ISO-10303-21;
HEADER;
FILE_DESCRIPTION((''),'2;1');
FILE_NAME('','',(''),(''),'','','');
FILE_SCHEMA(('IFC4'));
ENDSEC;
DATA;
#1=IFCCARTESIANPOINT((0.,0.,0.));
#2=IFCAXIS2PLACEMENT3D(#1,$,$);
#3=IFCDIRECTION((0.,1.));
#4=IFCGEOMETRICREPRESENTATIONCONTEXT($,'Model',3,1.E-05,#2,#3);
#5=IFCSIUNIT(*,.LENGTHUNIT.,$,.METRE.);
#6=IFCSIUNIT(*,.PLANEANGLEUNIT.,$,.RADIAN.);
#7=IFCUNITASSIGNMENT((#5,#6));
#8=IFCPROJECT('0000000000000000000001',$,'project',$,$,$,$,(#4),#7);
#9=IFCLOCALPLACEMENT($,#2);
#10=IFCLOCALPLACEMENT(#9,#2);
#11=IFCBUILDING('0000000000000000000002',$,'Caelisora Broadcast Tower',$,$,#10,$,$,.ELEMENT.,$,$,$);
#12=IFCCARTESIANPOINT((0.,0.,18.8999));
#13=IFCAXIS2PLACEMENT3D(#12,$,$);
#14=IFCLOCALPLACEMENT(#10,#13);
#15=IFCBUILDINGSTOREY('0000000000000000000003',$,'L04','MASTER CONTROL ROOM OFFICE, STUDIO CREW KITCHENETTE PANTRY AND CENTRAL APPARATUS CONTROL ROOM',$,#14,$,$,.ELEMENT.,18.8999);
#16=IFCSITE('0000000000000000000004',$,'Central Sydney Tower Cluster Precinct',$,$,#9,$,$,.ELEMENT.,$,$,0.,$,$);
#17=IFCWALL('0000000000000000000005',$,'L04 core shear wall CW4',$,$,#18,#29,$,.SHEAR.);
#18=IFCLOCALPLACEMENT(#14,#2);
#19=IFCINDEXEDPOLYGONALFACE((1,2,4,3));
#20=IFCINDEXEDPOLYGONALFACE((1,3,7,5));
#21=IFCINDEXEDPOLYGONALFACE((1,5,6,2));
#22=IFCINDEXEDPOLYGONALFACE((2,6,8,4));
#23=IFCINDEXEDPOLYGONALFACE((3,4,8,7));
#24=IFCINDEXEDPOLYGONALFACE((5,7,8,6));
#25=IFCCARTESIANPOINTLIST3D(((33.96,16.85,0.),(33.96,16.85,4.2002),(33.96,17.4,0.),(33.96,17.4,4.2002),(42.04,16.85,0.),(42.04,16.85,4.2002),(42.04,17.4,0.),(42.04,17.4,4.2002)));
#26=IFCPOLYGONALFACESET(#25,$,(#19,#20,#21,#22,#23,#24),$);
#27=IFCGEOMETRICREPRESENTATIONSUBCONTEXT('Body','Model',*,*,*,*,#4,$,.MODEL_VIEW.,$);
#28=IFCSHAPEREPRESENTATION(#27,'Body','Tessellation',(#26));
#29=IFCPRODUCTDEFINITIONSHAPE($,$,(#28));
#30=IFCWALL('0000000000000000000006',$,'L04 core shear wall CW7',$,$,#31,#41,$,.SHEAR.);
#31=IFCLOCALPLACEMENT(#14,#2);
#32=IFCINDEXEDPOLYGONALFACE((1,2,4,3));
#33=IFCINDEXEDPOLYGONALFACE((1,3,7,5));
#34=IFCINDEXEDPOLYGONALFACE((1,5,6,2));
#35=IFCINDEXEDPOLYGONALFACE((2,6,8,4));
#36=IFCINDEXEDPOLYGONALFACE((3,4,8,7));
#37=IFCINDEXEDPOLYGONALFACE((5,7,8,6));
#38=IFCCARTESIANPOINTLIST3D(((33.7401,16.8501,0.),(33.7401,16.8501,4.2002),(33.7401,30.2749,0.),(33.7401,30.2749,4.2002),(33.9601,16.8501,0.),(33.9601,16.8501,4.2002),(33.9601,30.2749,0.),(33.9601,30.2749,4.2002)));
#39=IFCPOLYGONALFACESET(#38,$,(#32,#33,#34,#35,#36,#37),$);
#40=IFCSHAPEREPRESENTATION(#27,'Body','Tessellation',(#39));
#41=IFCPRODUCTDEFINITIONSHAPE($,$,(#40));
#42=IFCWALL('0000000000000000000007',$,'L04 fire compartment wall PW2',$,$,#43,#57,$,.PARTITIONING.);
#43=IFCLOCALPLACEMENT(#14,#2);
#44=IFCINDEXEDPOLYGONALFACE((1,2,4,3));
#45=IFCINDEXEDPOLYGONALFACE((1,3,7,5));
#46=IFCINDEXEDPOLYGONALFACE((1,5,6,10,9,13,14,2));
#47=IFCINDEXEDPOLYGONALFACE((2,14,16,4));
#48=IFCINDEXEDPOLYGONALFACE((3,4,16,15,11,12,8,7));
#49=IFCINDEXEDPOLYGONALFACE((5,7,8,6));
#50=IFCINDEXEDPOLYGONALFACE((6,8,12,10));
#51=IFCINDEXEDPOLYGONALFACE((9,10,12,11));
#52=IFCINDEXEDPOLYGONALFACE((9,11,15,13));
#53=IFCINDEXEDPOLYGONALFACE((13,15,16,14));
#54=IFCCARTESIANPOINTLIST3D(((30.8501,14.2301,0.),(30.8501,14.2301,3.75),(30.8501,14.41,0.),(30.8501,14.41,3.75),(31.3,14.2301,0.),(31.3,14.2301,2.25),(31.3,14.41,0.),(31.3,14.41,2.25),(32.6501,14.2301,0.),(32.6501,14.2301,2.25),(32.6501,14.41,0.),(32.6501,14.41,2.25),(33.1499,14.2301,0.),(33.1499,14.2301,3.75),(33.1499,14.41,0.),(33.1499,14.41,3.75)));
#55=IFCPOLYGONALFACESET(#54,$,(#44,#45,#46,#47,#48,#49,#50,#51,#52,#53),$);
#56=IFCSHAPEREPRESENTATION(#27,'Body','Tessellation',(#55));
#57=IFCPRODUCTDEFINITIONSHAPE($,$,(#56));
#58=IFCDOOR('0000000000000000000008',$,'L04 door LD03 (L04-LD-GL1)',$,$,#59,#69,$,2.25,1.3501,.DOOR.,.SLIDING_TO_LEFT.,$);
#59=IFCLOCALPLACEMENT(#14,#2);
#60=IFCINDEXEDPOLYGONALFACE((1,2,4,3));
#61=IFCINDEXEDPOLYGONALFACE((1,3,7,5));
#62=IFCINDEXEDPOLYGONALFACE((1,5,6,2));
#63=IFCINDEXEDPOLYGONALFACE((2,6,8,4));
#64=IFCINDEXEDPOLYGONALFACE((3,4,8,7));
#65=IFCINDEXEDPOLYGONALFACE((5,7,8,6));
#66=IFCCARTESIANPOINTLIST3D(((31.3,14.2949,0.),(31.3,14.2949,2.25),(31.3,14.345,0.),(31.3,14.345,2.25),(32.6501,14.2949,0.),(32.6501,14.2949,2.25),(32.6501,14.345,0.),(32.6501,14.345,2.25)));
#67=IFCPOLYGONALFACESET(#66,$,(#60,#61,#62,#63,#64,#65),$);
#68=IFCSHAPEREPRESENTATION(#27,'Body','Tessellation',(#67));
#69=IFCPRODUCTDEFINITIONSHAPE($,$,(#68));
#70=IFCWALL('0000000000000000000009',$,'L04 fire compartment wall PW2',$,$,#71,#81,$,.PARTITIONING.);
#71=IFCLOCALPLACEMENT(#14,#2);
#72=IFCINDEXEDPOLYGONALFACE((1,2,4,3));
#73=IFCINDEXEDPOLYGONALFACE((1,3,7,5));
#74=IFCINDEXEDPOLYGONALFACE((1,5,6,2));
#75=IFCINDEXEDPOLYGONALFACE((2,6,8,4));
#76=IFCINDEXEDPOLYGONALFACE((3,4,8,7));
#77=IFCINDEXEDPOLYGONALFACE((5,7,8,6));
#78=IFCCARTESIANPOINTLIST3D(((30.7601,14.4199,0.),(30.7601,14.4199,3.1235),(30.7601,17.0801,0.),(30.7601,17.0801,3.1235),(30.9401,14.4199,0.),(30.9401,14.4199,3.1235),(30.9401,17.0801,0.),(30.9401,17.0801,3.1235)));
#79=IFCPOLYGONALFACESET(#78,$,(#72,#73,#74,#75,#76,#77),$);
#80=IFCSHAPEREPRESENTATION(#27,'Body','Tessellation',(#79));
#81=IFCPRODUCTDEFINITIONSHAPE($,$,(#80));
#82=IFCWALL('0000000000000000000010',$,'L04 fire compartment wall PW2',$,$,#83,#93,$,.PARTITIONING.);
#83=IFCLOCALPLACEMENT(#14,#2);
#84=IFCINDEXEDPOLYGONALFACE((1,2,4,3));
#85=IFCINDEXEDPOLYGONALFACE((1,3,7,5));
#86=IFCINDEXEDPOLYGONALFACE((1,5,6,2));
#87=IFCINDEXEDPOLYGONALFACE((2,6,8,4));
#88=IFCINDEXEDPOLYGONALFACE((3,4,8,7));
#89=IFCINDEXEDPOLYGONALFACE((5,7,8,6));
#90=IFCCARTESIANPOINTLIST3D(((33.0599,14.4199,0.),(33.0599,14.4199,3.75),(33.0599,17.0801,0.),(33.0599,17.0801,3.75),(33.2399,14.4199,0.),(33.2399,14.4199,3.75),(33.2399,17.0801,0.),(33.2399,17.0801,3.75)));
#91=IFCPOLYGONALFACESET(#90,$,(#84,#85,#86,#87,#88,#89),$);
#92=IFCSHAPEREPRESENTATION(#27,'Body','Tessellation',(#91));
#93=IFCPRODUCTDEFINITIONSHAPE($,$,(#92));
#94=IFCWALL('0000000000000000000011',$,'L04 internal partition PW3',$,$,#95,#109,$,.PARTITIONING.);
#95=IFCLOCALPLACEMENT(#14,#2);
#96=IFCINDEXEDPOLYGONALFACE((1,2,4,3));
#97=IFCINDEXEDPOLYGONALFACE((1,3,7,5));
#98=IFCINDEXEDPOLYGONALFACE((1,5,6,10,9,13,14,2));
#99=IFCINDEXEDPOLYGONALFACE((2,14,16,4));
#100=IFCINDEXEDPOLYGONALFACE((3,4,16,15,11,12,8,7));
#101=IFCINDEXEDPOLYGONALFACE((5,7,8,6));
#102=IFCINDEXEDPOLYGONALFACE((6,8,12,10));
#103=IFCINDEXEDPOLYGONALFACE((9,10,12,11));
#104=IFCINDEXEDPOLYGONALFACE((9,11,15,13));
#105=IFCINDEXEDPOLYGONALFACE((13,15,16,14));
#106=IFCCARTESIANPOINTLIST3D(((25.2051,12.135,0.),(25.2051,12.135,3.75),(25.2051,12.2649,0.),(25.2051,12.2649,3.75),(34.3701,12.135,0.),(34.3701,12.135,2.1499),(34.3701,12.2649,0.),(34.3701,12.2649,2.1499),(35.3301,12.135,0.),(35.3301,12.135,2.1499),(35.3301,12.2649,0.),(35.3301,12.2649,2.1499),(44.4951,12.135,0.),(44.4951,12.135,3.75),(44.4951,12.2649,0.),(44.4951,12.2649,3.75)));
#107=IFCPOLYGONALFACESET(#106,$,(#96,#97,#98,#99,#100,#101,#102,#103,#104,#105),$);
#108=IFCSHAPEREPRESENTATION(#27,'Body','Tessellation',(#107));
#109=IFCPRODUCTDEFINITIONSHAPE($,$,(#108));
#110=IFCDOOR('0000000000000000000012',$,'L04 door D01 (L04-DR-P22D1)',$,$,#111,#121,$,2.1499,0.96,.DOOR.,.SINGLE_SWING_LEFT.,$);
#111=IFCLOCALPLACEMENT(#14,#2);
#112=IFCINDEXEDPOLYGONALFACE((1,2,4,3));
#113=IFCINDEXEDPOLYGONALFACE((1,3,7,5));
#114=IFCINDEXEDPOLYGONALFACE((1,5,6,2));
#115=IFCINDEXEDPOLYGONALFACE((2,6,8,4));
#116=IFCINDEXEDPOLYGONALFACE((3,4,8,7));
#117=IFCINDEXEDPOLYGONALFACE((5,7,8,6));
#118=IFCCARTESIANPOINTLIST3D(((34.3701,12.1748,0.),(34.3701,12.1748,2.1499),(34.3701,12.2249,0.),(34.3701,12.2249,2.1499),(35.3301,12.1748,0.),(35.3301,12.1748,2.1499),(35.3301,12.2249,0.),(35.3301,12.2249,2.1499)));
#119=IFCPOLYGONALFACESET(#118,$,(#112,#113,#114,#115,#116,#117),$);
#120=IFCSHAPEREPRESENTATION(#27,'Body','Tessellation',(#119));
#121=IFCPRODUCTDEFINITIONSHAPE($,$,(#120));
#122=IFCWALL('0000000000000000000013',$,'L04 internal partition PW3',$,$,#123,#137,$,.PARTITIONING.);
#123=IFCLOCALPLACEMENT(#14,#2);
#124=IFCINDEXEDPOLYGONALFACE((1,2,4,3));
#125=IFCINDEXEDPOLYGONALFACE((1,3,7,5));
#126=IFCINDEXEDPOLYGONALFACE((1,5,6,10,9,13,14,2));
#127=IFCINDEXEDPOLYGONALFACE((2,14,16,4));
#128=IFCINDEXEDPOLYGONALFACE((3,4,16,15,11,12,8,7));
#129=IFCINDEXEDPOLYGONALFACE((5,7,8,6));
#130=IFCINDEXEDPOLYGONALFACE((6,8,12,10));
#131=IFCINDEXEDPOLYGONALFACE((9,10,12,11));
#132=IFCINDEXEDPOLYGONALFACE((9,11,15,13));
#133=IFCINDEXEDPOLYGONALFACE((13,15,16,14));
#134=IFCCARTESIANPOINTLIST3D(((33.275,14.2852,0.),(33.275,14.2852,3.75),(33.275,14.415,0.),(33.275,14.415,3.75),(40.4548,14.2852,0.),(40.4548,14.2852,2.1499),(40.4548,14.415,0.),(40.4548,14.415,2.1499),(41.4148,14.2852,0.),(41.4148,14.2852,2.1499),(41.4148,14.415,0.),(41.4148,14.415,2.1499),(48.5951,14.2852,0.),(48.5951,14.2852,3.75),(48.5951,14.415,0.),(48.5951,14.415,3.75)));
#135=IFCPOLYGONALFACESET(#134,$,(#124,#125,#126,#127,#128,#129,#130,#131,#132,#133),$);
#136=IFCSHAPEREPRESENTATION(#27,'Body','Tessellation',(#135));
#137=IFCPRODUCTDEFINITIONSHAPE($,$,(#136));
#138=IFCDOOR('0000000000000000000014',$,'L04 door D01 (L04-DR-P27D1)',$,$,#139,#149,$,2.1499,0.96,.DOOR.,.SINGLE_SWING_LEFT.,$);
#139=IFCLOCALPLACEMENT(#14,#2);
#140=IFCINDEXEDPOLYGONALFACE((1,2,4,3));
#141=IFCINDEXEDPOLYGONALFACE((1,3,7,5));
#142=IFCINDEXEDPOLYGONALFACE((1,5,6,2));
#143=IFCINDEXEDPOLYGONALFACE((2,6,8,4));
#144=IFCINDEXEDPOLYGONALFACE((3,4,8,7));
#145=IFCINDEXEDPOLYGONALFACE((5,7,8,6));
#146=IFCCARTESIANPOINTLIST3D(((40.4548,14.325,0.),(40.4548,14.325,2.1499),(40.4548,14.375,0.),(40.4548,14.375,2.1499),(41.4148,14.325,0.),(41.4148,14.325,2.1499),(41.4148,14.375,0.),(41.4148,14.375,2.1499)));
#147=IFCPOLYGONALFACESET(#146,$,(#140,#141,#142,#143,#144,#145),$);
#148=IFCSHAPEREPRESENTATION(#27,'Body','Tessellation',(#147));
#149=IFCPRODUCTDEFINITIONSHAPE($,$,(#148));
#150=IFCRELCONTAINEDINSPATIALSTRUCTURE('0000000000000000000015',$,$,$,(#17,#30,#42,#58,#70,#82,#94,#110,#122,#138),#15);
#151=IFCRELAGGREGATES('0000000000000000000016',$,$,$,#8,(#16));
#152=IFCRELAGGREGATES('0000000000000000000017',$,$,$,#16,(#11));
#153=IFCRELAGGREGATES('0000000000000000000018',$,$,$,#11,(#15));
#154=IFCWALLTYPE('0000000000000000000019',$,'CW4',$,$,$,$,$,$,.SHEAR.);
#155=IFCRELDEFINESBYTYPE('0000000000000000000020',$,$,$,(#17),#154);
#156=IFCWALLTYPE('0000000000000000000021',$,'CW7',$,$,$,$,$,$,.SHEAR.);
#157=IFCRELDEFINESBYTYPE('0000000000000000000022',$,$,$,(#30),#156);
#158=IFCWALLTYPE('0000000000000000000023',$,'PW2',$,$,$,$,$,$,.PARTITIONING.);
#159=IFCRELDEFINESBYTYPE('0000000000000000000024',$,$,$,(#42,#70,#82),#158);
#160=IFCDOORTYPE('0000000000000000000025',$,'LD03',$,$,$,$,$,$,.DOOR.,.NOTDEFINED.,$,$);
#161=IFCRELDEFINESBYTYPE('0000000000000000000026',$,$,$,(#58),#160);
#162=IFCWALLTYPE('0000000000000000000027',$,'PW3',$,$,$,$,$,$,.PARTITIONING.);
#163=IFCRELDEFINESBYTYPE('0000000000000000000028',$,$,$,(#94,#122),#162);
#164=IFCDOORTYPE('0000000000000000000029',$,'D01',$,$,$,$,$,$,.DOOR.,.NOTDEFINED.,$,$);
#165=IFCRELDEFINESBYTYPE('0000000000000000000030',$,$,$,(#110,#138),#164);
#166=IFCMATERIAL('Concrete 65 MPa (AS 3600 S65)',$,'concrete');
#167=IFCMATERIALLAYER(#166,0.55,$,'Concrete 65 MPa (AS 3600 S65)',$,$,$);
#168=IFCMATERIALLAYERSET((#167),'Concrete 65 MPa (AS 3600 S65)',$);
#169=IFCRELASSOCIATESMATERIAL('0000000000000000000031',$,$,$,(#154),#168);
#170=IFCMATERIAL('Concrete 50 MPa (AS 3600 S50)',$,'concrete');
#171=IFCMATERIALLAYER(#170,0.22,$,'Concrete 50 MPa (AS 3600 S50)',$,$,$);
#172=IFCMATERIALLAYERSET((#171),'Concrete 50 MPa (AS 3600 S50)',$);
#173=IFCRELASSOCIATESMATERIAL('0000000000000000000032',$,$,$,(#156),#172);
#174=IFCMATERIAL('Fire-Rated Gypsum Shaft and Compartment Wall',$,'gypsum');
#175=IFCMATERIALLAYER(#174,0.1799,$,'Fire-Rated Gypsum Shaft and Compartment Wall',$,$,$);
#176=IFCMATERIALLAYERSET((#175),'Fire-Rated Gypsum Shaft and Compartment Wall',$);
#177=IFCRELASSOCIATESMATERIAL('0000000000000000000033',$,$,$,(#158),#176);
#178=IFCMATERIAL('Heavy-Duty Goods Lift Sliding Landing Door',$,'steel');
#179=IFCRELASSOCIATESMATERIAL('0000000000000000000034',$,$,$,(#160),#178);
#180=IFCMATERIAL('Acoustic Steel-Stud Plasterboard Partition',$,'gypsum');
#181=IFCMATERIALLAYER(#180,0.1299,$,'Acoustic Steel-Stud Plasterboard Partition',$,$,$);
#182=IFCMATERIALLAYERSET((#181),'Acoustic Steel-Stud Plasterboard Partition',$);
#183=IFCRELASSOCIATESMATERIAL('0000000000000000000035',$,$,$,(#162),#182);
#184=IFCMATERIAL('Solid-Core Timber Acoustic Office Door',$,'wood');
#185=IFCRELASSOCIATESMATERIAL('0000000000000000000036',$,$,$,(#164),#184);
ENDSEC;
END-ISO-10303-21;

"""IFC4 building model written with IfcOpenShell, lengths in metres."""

from ifc_helpers import new_model, si_unit, direction, frame, frame_2d, origin, place, context, subcontext, project, spatial, rectangle, extrude, material, layer, layer_set, type_object, element, fill, save


model = new_model("IFC4")

# Units and contexts
model_context = context("Model", 3, precision=1e-05, world=origin(), true_north=direction((0.0, 1.0)))
body_context = subcontext(model_context, "Body", "Model", "MODEL_VIEW")
ifc_project = project(units=[si_unit("LENGTHUNIT", "METRE"), si_unit("PLANEANGLEUNIT", "RADIAN")], contexts=[model_context])

# Site, building, storey
site_placement = place(None, origin())
site = spatial("IfcSite", under=ifc_project, at=site_placement, Name="Central Sydney Tower Cluster Precinct", CompositionType="ELEMENT", RefElevation=0.0)
building_placement = place(site_placement, origin())
building = spatial("IfcBuilding", under=site, at=building_placement, Name="Caelisora Broadcast Tower", CompositionType="ELEMENT")
storey_placement = place(building_placement, frame((0.0, 0.0, 18.8999)))
storey = spatial("IfcBuildingStorey", under=building, at=storey_placement, Name="L04", Description="MASTER CONTROL ROOM OFFICE, STUDIO CREW KITCHENETTE PANTRY AND CENTRAL APPARATUS CONTROL ROOM", CompositionType="ELEMENT", Elevation=18.8999)

# Shared definitions
ifc_material_1 = material(Name="Concrete 65 MPa (AS 3600 S65)", Category="concrete")

# Walls
ifc_layer_1 = layer(ifc_material_1, 0.55, Name="Concrete 65 MPa (AS 3600 S65)")
ifc_layer_set_1 = layer_set([ifc_layer_1], Name="Concrete 65 MPa (AS 3600 S65)")
wall_type_1 = type_object("IfcWallType", Name="CW4", PredefinedType="SHEAR", material=ifc_layer_set_1)
wall_1_placement = place(storey_placement, frame((33.96, 17.125, 0.0), z_axis=(0.0, 0.0, 1.0), x_axis=(1.0, 0.0, 0.0)))
element("IfcWall", 1, at=wall_1_placement, inside=storey, type_object=wall_type_1, Name="L04 core shear wall CW4", PredefinedType="SHEAR", context=body_context, shape_type="SweptSolid", body=[
    extrude(rectangle(XDim=8.0801, YDim=0.55, at=frame_2d((4.04, 0.0))), origin(), (0.0, 0.0, 1.0), 4.2002),
])
ifc_material_2 = material(Name="Concrete 50 MPa (AS 3600 S50)", Category="concrete")
ifc_layer_2 = layer(ifc_material_2, 0.22, Name="Concrete 50 MPa (AS 3600 S50)")
ifc_layer_set_2 = layer_set([ifc_layer_2], Name="Concrete 50 MPa (AS 3600 S50)")
wall_type_2 = type_object("IfcWallType", Name="CW7", PredefinedType="SHEAR", material=ifc_layer_set_2)
wall_2_placement = place(storey_placement, frame((33.8501, 16.8501, 0.0), z_axis=(0.0, 0.0, 1.0), x_axis=(0.0, 1.0, 0.0)))
element("IfcWall", 2, at=wall_2_placement, inside=storey, type_object=wall_type_2, Name="L04 core shear wall CW7", PredefinedType="SHEAR", context=body_context, shape_type="SweptSolid", body=[
    extrude(rectangle(XDim=13.4248, YDim=0.22, at=frame_2d((6.7124, 0.0))), origin(), (0.0, 0.0, 1.0), 4.2002),
])

# Wall, opening, door
ifc_material_3 = material(Name="Fire-Rated Gypsum Shaft and Compartment Wall", Category="gypsum")
ifc_layer_3 = layer(ifc_material_3, 0.1799, Name="Fire-Rated Gypsum Shaft and Compartment Wall")
ifc_layer_set_3 = layer_set([ifc_layer_3], Name="Fire-Rated Gypsum Shaft and Compartment Wall")
wall_type_3 = type_object("IfcWallType", Name="PW2", PredefinedType="PARTITIONING", material=ifc_layer_set_3)
wall_3_placement = place(storey_placement, frame((30.8501, 14.3201, 0.0), z_axis=(0.0, 0.0, 1.0), x_axis=(1.0, 0.0, 0.0)))
wall_3 = element("IfcWall", 3, at=wall_3_placement, inside=storey, type_object=wall_type_3, Name="L04 fire compartment wall PW2", PredefinedType="PARTITIONING", context=body_context, shape_type="SweptSolid", body=[
    extrude(rectangle(XDim=2.2998, YDim=0.1799, at=frame_2d((1.1499, 0.0))), origin(), (0.0, 0.0, 1.0), 3.75),
])
opening_1_placement = place(wall_3_placement, frame((0.45, 0.0, 0.0)))
opening_1 = element("IfcOpeningElement", 4, at=opening_1_placement, cuts=wall_3, PredefinedType="OPENING", context=body_context, shape_type="SweptSolid", body=[
    extrude(rectangle(XDim=1.3501, YDim=2.25, at=frame_2d((0.675, 1.125))), frame((0.0, 0.1021, 0.0), z_axis=(0.0, -1.0, 0.0), x_axis=(1.0, 0.0, 0.0)), (0.0, 0.0, 1.0), 0.2039),
])
ifc_material_4 = material(Name="Heavy-Duty Goods Lift Sliding Landing Door", Category="steel")
door_type_1 = type_object("IfcDoorType", Name="LD03", OperationType="NOTDEFINED", PredefinedType="DOOR", material=ifc_material_4)
door_1_placement = place(opening_1_placement, origin())
door_1 = element("IfcDoor", 5, at=door_1_placement, inside=storey, type_object=door_type_1, Name="L04 door LD03 (L04-LD-GL1)", OperationType="SLIDING_TO_LEFT", OverallHeight=2.25, OverallWidth=1.3501, PredefinedType="DOOR", context=body_context, shape_type="SweptSolid", body=[
    extrude(rectangle(XDim=1.3501, YDim=2.25, at=frame_2d((0.675, 1.125))), frame((0.0, 0.0249, 0.0), z_axis=(0.0, -1.0, 0.0), x_axis=(1.0, 0.0, 0.0)), (0.0, 0.0, 1.0), 0.05),
])
fill(opening_1, door_1)

# Walls
wall_4_placement = place(storey_placement, frame((30.8501, 14.4199, 0.0), z_axis=(0.0, 0.0, 1.0), x_axis=(0.0, 1.0, 0.0)))
element("IfcWall", 6, at=wall_4_placement, inside=storey, type_object=wall_type_3, Name="L04 fire compartment wall PW2", PredefinedType="PARTITIONING", context=body_context, shape_type="SweptSolid", body=[
    extrude(rectangle(XDim=2.6602, YDim=0.1799, at=frame_2d((1.3301, 0.0))), origin(), (0.0, 0.0, 1.0), 3.1235),
])
wall_5_placement = place(storey_placement, frame((33.1499, 14.4199, 0.0), z_axis=(0.0, 0.0, 1.0), x_axis=(0.0, 1.0, 0.0)))
element("IfcWall", 7, at=wall_5_placement, inside=storey, type_object=wall_type_3, Name="L04 fire compartment wall PW2", PredefinedType="PARTITIONING", context=body_context, shape_type="SweptSolid", body=[
    extrude(rectangle(XDim=2.6602, YDim=0.1799, at=frame_2d((1.3301, 0.0))), origin(), (0.0, 0.0, 1.0), 3.75),
])

# Walls, openings, doors
ifc_material_5 = material(Name="Acoustic Steel-Stud Plasterboard Partition", Category="gypsum")
ifc_layer_4 = layer(ifc_material_5, 0.1299, Name="Acoustic Steel-Stud Plasterboard Partition")
ifc_layer_set_4 = layer_set([ifc_layer_4], Name="Acoustic Steel-Stud Plasterboard Partition")
wall_type_4 = type_object("IfcWallType", Name="PW3", PredefinedType="PARTITIONING", material=ifc_layer_set_4)
wall_6_placement = place(storey_placement, frame((25.2051, 12.2, 0.0), z_axis=(0.0, 0.0, 1.0), x_axis=(1.0, 0.0, 0.0)))
wall_6 = element("IfcWall", 8, at=wall_6_placement, inside=storey, type_object=wall_type_4, Name="L04 internal partition PW3", PredefinedType="PARTITIONING", context=body_context, shape_type="SweptSolid", body=[
    extrude(rectangle(XDim=19.29, YDim=0.1299, at=frame_2d((9.645, 0.0))), origin(), (0.0, 0.0, 1.0), 3.75),
])
opening_2_placement = place(wall_6_placement, frame((9.165, 0.0, 0.0)))
opening_2 = element("IfcOpeningElement", 9, at=opening_2_placement, cuts=wall_6, PredefinedType="OPENING", context=body_context, shape_type="SweptSolid", body=[
    extrude(rectangle(XDim=0.96, YDim=2.1499, at=frame_2d((0.48, 1.075))), frame((0.0, 0.0769, 0.0), z_axis=(0.0, -1.0, 0.0), x_axis=(1.0, 0.0, 0.0)), (0.0, 0.0, 1.0), 0.1538),
])
ifc_material_6 = material(Name="Solid-Core Timber Acoustic Office Door", Category="wood")
door_type_2 = type_object("IfcDoorType", Name="D01", OperationType="NOTDEFINED", PredefinedType="DOOR", material=ifc_material_6)
door_2_placement = place(opening_2_placement, origin())
door_2 = element("IfcDoor", 10, at=door_2_placement, inside=storey, type_object=door_type_2, Name="L04 door D01 (L04-DR-P22D1)", OperationType="SINGLE_SWING_LEFT", OverallHeight=2.1499, OverallWidth=0.96, PredefinedType="DOOR", context=body_context, shape_type="SweptSolid", body=[
    extrude(rectangle(XDim=0.96, YDim=2.1499, at=frame_2d((0.48, 1.075))), frame((0.0, 0.0249, 0.0), z_axis=(0.0, -1.0, 0.0), x_axis=(1.0, 0.0, 0.0)), (0.0, 0.0, 1.0), 0.05),
])
fill(opening_2, door_2)
wall_7_placement = place(storey_placement, frame((33.2749, 14.3501, 0.0), z_axis=(0.0, 0.0, 1.0), x_axis=(1.0, 0.0, 0.0)))
wall_7 = element("IfcWall", 11, at=wall_7_placement, inside=storey, type_object=wall_type_4, Name="L04 internal partition PW3", PredefinedType="PARTITIONING", context=body_context, shape_type="SweptSolid", body=[
    extrude(rectangle(XDim=15.3201, YDim=0.1299, at=frame_2d((7.6602, 0.0))), origin(), (0.0, 0.0, 1.0), 3.75),
])
opening_3_placement = place(wall_7_placement, frame((7.1799, 0.0, 0.0)))
opening_3 = element("IfcOpeningElement", 12, at=opening_3_placement, cuts=wall_7, PredefinedType="OPENING", context=body_context, shape_type="SweptSolid", body=[
    extrude(rectangle(XDim=0.96, YDim=2.1499, at=frame_2d((0.48, 1.075))), frame((0.0, 0.0769, 0.0), z_axis=(0.0, -1.0, 0.0), x_axis=(1.0, 0.0, 0.0)), (0.0, 0.0, 1.0), 0.1538),
])
door_3_placement = place(opening_3_placement, origin())
door_3 = element("IfcDoor", 13, at=door_3_placement, inside=storey, type_object=door_type_2, Name="L04 door D01 (L04-DR-P27D1)", OperationType="SINGLE_SWING_LEFT", OverallHeight=2.1499, OverallWidth=0.96, PredefinedType="DOOR", context=body_context, shape_type="SweptSolid", body=[
    extrude(rectangle(XDim=0.96, YDim=2.1499, at=frame_2d((0.48, 1.075))), frame((0.0, 0.0249, 0.0), z_axis=(0.0, -1.0, 0.0), x_axis=(1.0, 0.0, 0.0)), (0.0, 0.0, 1.0), 0.05),
])
fill(opening_3, door_3)

save(model, "model.ifc")
